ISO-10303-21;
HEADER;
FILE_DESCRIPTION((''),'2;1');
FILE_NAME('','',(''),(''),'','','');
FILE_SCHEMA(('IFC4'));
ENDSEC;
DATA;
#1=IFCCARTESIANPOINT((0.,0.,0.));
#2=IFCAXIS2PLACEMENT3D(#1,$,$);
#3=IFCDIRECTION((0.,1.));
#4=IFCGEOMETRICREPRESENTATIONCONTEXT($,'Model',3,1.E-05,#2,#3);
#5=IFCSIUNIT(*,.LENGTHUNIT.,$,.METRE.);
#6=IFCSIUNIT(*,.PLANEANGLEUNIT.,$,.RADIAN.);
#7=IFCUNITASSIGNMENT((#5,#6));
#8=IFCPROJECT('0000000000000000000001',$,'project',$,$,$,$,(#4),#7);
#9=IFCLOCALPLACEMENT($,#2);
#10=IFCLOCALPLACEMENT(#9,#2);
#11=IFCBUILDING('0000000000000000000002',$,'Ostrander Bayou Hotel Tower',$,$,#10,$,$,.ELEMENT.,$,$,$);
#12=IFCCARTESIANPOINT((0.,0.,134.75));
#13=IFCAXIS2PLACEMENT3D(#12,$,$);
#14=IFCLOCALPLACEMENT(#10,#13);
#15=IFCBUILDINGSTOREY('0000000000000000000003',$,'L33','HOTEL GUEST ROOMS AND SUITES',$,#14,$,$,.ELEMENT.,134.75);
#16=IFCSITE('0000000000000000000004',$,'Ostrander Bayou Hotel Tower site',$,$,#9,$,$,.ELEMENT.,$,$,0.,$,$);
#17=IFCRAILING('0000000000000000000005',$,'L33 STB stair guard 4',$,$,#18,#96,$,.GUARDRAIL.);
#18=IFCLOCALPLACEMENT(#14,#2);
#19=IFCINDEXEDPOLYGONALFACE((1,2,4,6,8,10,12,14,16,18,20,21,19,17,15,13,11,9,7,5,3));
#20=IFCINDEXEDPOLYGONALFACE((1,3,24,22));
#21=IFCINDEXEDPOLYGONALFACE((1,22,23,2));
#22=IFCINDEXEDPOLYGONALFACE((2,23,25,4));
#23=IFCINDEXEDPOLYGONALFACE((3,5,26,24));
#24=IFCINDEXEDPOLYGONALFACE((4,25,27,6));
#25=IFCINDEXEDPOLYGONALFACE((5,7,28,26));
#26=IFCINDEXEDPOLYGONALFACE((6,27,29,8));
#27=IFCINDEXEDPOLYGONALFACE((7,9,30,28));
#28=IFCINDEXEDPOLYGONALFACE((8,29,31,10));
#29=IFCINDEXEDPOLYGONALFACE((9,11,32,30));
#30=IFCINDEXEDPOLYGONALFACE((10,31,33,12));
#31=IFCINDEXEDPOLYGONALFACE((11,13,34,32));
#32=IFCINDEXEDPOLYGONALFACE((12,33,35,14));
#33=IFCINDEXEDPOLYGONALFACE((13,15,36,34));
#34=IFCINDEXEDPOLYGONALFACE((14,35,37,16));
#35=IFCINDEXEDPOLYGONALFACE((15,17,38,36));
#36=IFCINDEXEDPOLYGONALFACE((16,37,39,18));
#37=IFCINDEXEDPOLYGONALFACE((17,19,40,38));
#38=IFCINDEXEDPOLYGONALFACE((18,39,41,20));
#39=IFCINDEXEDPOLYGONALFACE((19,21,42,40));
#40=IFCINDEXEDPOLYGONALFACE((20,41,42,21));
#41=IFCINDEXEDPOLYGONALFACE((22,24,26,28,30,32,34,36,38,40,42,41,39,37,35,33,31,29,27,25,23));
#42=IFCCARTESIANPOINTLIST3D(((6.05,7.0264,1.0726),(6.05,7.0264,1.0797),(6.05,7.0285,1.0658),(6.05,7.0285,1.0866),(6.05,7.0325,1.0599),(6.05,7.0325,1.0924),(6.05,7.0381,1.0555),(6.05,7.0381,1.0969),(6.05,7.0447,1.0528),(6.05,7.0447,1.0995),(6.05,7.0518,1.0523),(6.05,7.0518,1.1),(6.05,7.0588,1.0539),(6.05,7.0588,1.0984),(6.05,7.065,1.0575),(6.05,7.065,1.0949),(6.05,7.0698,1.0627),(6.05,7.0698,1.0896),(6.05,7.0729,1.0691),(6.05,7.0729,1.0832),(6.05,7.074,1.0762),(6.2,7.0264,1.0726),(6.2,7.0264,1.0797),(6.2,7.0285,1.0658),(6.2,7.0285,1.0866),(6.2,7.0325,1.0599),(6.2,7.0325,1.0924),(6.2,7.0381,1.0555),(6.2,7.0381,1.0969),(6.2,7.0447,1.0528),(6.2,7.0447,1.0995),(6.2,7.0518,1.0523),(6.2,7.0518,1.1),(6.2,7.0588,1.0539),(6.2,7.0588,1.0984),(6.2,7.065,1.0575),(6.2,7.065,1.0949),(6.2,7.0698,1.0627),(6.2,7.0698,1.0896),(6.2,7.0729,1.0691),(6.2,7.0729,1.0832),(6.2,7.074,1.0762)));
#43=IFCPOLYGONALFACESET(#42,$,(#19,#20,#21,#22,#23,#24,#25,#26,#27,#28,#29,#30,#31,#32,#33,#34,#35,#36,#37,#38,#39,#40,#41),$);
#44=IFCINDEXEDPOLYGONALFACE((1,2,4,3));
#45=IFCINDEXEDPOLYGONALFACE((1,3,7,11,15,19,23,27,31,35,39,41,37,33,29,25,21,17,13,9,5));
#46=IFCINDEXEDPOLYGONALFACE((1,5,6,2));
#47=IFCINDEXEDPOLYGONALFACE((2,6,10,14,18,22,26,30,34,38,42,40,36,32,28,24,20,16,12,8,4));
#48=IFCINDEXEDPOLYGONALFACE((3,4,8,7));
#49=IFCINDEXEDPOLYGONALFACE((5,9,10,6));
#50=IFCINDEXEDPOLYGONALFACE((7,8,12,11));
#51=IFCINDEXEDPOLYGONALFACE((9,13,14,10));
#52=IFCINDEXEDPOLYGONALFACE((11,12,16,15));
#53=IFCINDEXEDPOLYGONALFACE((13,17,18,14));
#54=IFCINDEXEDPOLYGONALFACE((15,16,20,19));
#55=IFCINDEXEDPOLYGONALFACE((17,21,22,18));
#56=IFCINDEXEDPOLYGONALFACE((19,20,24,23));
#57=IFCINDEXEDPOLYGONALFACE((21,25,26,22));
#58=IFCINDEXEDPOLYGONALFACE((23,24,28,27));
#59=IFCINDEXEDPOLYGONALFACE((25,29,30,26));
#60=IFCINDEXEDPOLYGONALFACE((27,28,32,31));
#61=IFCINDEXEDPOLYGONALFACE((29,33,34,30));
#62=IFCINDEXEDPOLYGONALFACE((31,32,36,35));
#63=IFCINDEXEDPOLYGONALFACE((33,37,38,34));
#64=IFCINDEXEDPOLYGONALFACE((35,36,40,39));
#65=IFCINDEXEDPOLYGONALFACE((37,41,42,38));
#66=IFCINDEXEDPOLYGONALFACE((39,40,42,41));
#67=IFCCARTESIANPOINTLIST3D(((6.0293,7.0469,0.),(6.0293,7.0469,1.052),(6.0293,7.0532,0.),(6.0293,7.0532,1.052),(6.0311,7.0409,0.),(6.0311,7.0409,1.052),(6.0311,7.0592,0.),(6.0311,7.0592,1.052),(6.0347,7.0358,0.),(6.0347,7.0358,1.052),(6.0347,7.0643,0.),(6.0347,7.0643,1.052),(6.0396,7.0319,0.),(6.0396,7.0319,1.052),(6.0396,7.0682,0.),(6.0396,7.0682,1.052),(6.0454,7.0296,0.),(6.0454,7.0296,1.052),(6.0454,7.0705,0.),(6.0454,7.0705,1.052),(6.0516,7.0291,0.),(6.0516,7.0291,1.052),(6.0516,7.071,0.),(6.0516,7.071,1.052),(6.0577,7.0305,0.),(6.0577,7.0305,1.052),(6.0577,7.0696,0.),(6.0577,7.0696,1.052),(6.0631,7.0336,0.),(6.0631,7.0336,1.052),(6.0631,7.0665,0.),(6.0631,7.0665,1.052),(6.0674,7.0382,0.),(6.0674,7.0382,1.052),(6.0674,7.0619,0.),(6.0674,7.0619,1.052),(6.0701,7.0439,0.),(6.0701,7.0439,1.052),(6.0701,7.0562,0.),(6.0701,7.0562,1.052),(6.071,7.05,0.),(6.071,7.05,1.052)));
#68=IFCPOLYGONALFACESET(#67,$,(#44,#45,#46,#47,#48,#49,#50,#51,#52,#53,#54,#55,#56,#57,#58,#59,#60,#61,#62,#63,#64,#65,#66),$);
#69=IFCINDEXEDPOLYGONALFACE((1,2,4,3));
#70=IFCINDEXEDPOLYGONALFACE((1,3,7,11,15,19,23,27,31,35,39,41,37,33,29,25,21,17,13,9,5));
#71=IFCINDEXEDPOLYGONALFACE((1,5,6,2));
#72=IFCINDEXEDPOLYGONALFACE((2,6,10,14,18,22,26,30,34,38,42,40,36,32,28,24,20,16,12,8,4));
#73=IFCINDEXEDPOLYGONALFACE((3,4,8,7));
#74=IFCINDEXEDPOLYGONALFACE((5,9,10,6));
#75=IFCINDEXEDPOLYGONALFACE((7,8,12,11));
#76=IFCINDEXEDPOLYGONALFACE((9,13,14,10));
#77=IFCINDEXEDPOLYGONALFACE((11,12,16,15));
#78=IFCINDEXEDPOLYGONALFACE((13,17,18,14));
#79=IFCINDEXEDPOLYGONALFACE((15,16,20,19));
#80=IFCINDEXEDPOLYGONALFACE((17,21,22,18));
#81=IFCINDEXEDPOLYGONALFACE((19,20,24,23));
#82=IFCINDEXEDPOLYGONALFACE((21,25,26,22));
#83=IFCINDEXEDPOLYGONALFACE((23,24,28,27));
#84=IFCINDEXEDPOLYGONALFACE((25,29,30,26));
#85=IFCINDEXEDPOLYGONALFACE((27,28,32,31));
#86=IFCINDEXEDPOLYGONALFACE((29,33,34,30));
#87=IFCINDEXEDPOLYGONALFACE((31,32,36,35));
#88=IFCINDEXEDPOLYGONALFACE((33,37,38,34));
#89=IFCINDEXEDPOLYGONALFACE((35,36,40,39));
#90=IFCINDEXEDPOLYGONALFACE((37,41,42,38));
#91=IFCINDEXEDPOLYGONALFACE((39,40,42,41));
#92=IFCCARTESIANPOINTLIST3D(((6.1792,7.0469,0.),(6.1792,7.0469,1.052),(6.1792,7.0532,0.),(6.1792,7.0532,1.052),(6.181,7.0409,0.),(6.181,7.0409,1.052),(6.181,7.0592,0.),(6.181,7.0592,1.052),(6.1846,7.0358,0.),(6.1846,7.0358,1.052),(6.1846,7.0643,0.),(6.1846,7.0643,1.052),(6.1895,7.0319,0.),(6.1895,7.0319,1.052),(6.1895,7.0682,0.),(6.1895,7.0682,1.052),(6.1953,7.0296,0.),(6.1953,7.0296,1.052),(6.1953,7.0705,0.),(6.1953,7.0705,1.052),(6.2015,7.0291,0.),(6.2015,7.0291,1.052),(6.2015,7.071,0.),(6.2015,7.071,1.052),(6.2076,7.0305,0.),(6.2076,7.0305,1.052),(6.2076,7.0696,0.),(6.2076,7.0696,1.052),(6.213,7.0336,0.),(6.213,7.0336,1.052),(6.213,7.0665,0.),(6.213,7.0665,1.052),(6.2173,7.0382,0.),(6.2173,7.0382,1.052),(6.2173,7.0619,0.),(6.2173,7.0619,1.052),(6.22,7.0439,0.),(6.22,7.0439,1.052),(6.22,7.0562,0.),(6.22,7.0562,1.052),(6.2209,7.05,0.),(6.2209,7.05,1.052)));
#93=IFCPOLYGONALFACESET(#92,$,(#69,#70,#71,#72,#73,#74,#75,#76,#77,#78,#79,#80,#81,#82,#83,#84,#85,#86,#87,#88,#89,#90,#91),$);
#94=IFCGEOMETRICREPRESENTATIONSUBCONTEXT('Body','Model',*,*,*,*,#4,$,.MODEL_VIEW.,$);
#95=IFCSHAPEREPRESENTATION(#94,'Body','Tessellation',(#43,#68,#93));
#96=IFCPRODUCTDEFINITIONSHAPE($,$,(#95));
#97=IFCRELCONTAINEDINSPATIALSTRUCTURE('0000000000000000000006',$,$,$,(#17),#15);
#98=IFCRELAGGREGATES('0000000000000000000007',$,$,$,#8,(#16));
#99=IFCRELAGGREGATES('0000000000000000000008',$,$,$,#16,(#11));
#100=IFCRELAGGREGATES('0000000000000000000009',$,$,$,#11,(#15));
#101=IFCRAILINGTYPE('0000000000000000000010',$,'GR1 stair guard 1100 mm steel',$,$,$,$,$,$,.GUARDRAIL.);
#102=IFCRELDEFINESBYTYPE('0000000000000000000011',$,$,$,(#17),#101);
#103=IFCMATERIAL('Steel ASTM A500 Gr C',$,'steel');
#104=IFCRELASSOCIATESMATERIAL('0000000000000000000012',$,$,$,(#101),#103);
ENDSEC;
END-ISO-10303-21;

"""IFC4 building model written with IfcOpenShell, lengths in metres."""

from ifc_helpers import new_model, si_unit, direction, frame, origin, origin_2d, place, context, subcontext, project, spatial, circle, extrude, material, type_object, element, save


model = new_model("IFC4")

# Units and contexts
model_context = context("Model", 3, precision=1e-05, world=origin(), true_north=direction((0.0, 1.0)))
body_context = subcontext(model_context, "Body", "Model", "MODEL_VIEW")
ifc_project = project(units=[si_unit("LENGTHUNIT", "METRE"), si_unit("PLANEANGLEUNIT", "RADIAN")], contexts=[model_context])

# Site, building, storey
site_placement = place(None, origin())
site = spatial("IfcSite", under=ifc_project, at=site_placement, Name="Ostrander Bayou Hotel Tower site", CompositionType="ELEMENT", RefElevation=0.0)
building_placement = place(site_placement, origin())
building = spatial("IfcBuilding", under=site, at=building_placement, Name="Ostrander Bayou Hotel Tower", CompositionType="ELEMENT")
storey_placement = place(building_placement, frame((0.0, 0.0, 134.75)))
storey = spatial("IfcBuildingStorey", under=building, at=storey_placement, Name="L33", Description="HOTEL GUEST ROOMS AND SUITES", CompositionType="ELEMENT", Elevation=134.75)

# Railing
ifc_material_1 = material(Name="Steel ASTM A500 Gr C", Category="steel")
railing_type_1 = type_object("IfcRailingType", Name="GR1 stair guard 1100 mm steel", PredefinedType="GUARDRAIL", material=ifc_material_1)
railing_1_placement = place(storey_placement, frame((6.05, 7.05, 0.0)))
element("IfcRailing", 1, at=railing_1_placement, inside=storey, type_object=railing_type_1, Name="L33 STB stair guard 4", PredefinedType="GUARDRAIL", context=body_context, shape_type="SweptSolid", body=[
    extrude(circle(Radius=0.0239, at=origin_2d()), frame((0.0, 0.0, 1.0762), z_axis=(1.0, 0.0, 0.0), x_axis=(0.0, 1.0, 0.0)), (0.0, 0.0, 1.0), 0.1499),
    extrude(circle(Radius=0.021, at=origin_2d()), origin(), (0.0, 0.0, 1.0), 1.052),
    extrude(circle(Radius=0.021, at=origin_2d()), frame((0.1499, 0.0, 0.0)), (0.0, 0.0, 1.0), 1.052),
])

save(model, "model.ifc")
